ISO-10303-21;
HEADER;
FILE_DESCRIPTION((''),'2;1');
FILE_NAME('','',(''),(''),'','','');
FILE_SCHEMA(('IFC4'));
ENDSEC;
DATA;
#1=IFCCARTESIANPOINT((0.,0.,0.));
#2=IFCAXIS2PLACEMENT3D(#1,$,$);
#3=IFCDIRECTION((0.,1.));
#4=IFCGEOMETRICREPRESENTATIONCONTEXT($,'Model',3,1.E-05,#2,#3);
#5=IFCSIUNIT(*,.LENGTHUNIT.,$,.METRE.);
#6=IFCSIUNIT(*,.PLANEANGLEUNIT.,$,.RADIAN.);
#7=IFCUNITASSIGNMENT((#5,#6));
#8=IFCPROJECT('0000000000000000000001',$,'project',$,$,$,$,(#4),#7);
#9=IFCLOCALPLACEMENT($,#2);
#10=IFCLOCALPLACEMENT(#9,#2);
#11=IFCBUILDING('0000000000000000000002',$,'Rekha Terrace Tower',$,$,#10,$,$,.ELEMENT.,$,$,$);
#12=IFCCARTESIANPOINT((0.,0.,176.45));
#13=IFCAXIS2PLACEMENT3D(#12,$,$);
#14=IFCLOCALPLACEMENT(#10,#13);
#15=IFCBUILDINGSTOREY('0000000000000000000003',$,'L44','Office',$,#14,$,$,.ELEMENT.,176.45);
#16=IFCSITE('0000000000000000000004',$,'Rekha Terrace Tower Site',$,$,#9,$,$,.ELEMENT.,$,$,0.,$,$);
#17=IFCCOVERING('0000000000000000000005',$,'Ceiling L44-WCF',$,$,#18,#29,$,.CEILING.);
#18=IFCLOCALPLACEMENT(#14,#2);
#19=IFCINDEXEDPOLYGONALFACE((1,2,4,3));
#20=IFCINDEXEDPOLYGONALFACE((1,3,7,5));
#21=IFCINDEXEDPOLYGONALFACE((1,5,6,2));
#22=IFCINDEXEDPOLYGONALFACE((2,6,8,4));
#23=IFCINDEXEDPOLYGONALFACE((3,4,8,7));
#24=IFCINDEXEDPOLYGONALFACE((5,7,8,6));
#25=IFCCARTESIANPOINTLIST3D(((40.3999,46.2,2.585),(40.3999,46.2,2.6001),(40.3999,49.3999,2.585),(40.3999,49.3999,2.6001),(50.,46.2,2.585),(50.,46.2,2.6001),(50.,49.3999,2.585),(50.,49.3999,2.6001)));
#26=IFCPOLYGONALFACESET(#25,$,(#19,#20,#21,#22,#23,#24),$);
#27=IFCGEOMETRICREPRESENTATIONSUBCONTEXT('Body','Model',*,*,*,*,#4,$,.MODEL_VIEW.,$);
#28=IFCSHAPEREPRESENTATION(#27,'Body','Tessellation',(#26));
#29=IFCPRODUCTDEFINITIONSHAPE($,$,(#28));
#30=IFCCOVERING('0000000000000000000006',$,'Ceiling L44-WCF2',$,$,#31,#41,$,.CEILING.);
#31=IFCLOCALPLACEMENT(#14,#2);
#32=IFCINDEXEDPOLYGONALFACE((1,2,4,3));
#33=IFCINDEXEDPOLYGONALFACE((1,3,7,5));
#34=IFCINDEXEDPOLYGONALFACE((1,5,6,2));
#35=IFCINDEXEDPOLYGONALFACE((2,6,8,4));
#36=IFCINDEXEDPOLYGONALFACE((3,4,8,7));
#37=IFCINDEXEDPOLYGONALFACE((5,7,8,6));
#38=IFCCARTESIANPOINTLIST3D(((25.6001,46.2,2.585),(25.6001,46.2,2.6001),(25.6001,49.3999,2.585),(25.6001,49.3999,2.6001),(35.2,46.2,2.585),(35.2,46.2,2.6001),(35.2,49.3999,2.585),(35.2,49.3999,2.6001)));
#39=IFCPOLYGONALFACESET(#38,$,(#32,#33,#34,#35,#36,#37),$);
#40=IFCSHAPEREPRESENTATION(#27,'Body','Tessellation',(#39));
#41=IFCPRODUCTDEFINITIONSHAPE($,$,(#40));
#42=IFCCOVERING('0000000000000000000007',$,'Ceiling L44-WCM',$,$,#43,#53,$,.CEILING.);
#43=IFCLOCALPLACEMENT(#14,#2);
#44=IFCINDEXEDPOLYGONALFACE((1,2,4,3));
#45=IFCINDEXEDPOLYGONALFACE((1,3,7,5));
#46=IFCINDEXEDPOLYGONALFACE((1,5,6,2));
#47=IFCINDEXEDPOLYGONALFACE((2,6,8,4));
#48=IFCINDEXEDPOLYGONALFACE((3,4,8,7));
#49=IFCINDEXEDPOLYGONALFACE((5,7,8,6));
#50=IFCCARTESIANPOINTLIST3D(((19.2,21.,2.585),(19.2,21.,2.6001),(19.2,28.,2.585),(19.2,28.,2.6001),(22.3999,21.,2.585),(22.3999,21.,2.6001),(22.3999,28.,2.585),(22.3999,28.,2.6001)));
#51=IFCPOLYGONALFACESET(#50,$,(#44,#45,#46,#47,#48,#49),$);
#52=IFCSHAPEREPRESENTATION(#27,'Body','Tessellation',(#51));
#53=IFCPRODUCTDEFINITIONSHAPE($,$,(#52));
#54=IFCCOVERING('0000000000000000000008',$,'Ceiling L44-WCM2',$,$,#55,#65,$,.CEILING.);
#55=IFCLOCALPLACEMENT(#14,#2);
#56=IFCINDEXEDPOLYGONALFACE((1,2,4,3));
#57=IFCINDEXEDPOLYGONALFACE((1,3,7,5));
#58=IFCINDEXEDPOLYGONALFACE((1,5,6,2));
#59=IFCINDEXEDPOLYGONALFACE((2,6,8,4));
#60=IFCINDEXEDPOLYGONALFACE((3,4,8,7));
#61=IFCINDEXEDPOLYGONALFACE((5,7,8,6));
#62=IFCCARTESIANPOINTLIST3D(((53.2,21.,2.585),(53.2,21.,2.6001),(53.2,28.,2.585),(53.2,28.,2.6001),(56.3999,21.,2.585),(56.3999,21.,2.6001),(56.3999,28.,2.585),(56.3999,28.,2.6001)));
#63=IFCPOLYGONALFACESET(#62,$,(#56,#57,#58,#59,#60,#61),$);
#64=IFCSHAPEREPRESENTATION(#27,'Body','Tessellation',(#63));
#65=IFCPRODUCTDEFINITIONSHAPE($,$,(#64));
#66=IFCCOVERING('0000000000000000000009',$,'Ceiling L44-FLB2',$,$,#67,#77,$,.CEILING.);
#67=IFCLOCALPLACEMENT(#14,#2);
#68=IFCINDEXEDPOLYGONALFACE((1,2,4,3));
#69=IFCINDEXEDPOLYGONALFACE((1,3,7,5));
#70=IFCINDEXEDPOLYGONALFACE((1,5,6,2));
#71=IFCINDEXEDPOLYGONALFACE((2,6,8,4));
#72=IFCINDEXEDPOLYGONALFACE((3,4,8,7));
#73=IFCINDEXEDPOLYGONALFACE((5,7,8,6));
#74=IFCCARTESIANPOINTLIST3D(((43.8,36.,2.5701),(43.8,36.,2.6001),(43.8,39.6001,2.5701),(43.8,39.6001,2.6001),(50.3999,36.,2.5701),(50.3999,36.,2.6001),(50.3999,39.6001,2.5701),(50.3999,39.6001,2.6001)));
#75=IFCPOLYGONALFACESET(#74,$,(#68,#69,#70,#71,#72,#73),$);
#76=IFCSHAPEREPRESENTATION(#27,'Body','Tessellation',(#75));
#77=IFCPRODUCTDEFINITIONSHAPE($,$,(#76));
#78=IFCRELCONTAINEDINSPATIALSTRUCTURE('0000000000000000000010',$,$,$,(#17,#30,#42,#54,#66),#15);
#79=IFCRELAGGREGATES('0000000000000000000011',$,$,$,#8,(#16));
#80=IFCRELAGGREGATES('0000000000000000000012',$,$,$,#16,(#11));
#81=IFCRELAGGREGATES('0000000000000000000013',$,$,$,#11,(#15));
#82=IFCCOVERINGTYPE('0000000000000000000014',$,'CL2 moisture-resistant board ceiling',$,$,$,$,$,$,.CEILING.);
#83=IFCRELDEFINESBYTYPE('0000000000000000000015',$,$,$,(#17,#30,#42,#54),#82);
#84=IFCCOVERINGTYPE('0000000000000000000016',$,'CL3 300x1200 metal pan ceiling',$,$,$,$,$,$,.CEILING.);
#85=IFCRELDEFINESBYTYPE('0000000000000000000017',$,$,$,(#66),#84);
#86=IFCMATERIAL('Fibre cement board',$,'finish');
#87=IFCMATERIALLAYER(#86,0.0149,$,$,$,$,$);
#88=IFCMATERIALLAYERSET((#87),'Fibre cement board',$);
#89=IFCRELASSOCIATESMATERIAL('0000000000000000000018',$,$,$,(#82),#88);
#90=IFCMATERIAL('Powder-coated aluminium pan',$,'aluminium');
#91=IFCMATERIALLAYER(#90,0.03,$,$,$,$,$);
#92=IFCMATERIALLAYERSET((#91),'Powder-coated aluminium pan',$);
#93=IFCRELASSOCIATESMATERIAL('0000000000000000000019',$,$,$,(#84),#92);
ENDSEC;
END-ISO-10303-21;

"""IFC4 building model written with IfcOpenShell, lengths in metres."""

from ifc_helpers import new_model, si_unit, direction, frame, origin, place, context, subcontext, project, spatial, polyline, outline, extrude, material, layer, layer_set, type_object, element, save


model = new_model("IFC4")

# Units and contexts
model_context = context("Model", 3, precision=1e-05, world=origin(), true_north=direction((0.0, 1.0)))
body_context = subcontext(model_context, "Body", "Model", "MODEL_VIEW")
ifc_project = project(units=[si_unit("LENGTHUNIT", "METRE"), si_unit("PLANEANGLEUNIT", "RADIAN")], contexts=[model_context])

# Site, building, storey
site_placement = place(None, origin())
site = spatial("IfcSite", under=ifc_project, at=site_placement, Name="Rekha Terrace Tower Site", CompositionType="ELEMENT", RefElevation=0.0)
building_placement = place(site_placement, origin())
building = spatial("IfcBuilding", under=site, at=building_placement, Name="Rekha Terrace Tower", CompositionType="ELEMENT")
storey_placement = place(building_placement, frame((0.0, 0.0, 176.45)))
storey = spatial("IfcBuildingStorey", under=building, at=storey_placement, Name="L44", Description="Office", CompositionType="ELEMENT", Elevation=176.45)

# Coverings
ifc_material_1 = material(Name="Fibre cement board", Category="finish")
ifc_layer_1 = layer(ifc_material_1, 0.0149)
ifc_layer_set_1 = layer_set([ifc_layer_1], Name="Fibre cement board")
covering_type_1 = type_object("IfcCoveringType", Name="CL2 moisture-resistant board ceiling", PredefinedType="CEILING", material=ifc_layer_set_1)
covering_1_placement = place(storey_placement, frame((0.0, 0.0, 2.585)))
element("IfcCovering", 1, at=covering_1_placement, inside=storey, type_object=covering_type_1, Name="Ceiling L44-WCF", PredefinedType="CEILING", context=body_context, shape_type="SweptSolid", body=[
    extrude(outline(polyline([(50.0, 49.3999), (40.3999, 49.3999), (40.3999, 46.2), (50.0, 46.2), (50.0, 49.3999)])), origin(), (0.0, 0.0, 1.0), 0.0151),
])
covering_2_placement = place(storey_placement, frame((0.0, 0.0, 2.585)))
element("IfcCovering", 2, at=covering_2_placement, inside=storey, type_object=covering_type_1, Name="Ceiling L44-WCF2", PredefinedType="CEILING", context=body_context, shape_type="SweptSolid", body=[
    extrude(outline(polyline([(35.2, 49.3999), (25.6001, 49.3999), (25.6001, 46.2), (35.2, 46.2), (35.2, 49.3999)])), origin(), (0.0, 0.0, 1.0), 0.0151),
])
covering_3_placement = place(storey_placement, frame((0.0, 0.0, 2.585)))
element("IfcCovering", 3, at=covering_3_placement, inside=storey, type_object=covering_type_1, Name="Ceiling L44-WCM", PredefinedType="CEILING", context=body_context, shape_type="SweptSolid", body=[
    extrude(outline(polyline([(22.3999, 28.0), (19.2, 28.0), (19.2, 21.0), (22.3999, 21.0), (22.3999, 28.0)])), origin(), (0.0, 0.0, 1.0), 0.0151),
])
covering_4_placement = place(storey_placement, frame((0.0, 0.0, 2.585)))
element("IfcCovering", 4, at=covering_4_placement, inside=storey, type_object=covering_type_1, Name="Ceiling L44-WCM2", PredefinedType="CEILING", context=body_context, shape_type="SweptSolid", body=[
    extrude(outline(polyline([(56.3999, 28.0), (53.2, 28.0), (53.2, 21.0), (56.3999, 21.0), (56.3999, 28.0)])), origin(), (0.0, 0.0, 1.0), 0.0151),
])
ifc_material_2 = material(Name="Powder-coated aluminium pan", Category="aluminium")
ifc_layer_2 = layer(ifc_material_2, 0.03)
ifc_layer_set_2 = layer_set([ifc_layer_2], Name="Powder-coated aluminium pan")
covering_type_2 = type_object("IfcCoveringType", Name="CL3 300x1200 metal pan ceiling", PredefinedType="CEILING", material=ifc_layer_set_2)
covering_5_placement = place(storey_placement, frame((0.0, 0.0, 2.5701)))
element("IfcCovering", 5, at=covering_5_placement, inside=storey, type_object=covering_type_2, Name="Ceiling L44-FLB2", PredefinedType="CEILING", context=body_context, shape_type="SweptSolid", body=[
    extrude(outline(polyline([(50.3999, 39.6001), (43.8, 39.6001), (43.8, 36.0), (50.3999, 36.0), (50.3999, 39.6001)])), origin(), (0.0, 0.0, 1.0), 0.03),
])

save(model, "model.ifc")
